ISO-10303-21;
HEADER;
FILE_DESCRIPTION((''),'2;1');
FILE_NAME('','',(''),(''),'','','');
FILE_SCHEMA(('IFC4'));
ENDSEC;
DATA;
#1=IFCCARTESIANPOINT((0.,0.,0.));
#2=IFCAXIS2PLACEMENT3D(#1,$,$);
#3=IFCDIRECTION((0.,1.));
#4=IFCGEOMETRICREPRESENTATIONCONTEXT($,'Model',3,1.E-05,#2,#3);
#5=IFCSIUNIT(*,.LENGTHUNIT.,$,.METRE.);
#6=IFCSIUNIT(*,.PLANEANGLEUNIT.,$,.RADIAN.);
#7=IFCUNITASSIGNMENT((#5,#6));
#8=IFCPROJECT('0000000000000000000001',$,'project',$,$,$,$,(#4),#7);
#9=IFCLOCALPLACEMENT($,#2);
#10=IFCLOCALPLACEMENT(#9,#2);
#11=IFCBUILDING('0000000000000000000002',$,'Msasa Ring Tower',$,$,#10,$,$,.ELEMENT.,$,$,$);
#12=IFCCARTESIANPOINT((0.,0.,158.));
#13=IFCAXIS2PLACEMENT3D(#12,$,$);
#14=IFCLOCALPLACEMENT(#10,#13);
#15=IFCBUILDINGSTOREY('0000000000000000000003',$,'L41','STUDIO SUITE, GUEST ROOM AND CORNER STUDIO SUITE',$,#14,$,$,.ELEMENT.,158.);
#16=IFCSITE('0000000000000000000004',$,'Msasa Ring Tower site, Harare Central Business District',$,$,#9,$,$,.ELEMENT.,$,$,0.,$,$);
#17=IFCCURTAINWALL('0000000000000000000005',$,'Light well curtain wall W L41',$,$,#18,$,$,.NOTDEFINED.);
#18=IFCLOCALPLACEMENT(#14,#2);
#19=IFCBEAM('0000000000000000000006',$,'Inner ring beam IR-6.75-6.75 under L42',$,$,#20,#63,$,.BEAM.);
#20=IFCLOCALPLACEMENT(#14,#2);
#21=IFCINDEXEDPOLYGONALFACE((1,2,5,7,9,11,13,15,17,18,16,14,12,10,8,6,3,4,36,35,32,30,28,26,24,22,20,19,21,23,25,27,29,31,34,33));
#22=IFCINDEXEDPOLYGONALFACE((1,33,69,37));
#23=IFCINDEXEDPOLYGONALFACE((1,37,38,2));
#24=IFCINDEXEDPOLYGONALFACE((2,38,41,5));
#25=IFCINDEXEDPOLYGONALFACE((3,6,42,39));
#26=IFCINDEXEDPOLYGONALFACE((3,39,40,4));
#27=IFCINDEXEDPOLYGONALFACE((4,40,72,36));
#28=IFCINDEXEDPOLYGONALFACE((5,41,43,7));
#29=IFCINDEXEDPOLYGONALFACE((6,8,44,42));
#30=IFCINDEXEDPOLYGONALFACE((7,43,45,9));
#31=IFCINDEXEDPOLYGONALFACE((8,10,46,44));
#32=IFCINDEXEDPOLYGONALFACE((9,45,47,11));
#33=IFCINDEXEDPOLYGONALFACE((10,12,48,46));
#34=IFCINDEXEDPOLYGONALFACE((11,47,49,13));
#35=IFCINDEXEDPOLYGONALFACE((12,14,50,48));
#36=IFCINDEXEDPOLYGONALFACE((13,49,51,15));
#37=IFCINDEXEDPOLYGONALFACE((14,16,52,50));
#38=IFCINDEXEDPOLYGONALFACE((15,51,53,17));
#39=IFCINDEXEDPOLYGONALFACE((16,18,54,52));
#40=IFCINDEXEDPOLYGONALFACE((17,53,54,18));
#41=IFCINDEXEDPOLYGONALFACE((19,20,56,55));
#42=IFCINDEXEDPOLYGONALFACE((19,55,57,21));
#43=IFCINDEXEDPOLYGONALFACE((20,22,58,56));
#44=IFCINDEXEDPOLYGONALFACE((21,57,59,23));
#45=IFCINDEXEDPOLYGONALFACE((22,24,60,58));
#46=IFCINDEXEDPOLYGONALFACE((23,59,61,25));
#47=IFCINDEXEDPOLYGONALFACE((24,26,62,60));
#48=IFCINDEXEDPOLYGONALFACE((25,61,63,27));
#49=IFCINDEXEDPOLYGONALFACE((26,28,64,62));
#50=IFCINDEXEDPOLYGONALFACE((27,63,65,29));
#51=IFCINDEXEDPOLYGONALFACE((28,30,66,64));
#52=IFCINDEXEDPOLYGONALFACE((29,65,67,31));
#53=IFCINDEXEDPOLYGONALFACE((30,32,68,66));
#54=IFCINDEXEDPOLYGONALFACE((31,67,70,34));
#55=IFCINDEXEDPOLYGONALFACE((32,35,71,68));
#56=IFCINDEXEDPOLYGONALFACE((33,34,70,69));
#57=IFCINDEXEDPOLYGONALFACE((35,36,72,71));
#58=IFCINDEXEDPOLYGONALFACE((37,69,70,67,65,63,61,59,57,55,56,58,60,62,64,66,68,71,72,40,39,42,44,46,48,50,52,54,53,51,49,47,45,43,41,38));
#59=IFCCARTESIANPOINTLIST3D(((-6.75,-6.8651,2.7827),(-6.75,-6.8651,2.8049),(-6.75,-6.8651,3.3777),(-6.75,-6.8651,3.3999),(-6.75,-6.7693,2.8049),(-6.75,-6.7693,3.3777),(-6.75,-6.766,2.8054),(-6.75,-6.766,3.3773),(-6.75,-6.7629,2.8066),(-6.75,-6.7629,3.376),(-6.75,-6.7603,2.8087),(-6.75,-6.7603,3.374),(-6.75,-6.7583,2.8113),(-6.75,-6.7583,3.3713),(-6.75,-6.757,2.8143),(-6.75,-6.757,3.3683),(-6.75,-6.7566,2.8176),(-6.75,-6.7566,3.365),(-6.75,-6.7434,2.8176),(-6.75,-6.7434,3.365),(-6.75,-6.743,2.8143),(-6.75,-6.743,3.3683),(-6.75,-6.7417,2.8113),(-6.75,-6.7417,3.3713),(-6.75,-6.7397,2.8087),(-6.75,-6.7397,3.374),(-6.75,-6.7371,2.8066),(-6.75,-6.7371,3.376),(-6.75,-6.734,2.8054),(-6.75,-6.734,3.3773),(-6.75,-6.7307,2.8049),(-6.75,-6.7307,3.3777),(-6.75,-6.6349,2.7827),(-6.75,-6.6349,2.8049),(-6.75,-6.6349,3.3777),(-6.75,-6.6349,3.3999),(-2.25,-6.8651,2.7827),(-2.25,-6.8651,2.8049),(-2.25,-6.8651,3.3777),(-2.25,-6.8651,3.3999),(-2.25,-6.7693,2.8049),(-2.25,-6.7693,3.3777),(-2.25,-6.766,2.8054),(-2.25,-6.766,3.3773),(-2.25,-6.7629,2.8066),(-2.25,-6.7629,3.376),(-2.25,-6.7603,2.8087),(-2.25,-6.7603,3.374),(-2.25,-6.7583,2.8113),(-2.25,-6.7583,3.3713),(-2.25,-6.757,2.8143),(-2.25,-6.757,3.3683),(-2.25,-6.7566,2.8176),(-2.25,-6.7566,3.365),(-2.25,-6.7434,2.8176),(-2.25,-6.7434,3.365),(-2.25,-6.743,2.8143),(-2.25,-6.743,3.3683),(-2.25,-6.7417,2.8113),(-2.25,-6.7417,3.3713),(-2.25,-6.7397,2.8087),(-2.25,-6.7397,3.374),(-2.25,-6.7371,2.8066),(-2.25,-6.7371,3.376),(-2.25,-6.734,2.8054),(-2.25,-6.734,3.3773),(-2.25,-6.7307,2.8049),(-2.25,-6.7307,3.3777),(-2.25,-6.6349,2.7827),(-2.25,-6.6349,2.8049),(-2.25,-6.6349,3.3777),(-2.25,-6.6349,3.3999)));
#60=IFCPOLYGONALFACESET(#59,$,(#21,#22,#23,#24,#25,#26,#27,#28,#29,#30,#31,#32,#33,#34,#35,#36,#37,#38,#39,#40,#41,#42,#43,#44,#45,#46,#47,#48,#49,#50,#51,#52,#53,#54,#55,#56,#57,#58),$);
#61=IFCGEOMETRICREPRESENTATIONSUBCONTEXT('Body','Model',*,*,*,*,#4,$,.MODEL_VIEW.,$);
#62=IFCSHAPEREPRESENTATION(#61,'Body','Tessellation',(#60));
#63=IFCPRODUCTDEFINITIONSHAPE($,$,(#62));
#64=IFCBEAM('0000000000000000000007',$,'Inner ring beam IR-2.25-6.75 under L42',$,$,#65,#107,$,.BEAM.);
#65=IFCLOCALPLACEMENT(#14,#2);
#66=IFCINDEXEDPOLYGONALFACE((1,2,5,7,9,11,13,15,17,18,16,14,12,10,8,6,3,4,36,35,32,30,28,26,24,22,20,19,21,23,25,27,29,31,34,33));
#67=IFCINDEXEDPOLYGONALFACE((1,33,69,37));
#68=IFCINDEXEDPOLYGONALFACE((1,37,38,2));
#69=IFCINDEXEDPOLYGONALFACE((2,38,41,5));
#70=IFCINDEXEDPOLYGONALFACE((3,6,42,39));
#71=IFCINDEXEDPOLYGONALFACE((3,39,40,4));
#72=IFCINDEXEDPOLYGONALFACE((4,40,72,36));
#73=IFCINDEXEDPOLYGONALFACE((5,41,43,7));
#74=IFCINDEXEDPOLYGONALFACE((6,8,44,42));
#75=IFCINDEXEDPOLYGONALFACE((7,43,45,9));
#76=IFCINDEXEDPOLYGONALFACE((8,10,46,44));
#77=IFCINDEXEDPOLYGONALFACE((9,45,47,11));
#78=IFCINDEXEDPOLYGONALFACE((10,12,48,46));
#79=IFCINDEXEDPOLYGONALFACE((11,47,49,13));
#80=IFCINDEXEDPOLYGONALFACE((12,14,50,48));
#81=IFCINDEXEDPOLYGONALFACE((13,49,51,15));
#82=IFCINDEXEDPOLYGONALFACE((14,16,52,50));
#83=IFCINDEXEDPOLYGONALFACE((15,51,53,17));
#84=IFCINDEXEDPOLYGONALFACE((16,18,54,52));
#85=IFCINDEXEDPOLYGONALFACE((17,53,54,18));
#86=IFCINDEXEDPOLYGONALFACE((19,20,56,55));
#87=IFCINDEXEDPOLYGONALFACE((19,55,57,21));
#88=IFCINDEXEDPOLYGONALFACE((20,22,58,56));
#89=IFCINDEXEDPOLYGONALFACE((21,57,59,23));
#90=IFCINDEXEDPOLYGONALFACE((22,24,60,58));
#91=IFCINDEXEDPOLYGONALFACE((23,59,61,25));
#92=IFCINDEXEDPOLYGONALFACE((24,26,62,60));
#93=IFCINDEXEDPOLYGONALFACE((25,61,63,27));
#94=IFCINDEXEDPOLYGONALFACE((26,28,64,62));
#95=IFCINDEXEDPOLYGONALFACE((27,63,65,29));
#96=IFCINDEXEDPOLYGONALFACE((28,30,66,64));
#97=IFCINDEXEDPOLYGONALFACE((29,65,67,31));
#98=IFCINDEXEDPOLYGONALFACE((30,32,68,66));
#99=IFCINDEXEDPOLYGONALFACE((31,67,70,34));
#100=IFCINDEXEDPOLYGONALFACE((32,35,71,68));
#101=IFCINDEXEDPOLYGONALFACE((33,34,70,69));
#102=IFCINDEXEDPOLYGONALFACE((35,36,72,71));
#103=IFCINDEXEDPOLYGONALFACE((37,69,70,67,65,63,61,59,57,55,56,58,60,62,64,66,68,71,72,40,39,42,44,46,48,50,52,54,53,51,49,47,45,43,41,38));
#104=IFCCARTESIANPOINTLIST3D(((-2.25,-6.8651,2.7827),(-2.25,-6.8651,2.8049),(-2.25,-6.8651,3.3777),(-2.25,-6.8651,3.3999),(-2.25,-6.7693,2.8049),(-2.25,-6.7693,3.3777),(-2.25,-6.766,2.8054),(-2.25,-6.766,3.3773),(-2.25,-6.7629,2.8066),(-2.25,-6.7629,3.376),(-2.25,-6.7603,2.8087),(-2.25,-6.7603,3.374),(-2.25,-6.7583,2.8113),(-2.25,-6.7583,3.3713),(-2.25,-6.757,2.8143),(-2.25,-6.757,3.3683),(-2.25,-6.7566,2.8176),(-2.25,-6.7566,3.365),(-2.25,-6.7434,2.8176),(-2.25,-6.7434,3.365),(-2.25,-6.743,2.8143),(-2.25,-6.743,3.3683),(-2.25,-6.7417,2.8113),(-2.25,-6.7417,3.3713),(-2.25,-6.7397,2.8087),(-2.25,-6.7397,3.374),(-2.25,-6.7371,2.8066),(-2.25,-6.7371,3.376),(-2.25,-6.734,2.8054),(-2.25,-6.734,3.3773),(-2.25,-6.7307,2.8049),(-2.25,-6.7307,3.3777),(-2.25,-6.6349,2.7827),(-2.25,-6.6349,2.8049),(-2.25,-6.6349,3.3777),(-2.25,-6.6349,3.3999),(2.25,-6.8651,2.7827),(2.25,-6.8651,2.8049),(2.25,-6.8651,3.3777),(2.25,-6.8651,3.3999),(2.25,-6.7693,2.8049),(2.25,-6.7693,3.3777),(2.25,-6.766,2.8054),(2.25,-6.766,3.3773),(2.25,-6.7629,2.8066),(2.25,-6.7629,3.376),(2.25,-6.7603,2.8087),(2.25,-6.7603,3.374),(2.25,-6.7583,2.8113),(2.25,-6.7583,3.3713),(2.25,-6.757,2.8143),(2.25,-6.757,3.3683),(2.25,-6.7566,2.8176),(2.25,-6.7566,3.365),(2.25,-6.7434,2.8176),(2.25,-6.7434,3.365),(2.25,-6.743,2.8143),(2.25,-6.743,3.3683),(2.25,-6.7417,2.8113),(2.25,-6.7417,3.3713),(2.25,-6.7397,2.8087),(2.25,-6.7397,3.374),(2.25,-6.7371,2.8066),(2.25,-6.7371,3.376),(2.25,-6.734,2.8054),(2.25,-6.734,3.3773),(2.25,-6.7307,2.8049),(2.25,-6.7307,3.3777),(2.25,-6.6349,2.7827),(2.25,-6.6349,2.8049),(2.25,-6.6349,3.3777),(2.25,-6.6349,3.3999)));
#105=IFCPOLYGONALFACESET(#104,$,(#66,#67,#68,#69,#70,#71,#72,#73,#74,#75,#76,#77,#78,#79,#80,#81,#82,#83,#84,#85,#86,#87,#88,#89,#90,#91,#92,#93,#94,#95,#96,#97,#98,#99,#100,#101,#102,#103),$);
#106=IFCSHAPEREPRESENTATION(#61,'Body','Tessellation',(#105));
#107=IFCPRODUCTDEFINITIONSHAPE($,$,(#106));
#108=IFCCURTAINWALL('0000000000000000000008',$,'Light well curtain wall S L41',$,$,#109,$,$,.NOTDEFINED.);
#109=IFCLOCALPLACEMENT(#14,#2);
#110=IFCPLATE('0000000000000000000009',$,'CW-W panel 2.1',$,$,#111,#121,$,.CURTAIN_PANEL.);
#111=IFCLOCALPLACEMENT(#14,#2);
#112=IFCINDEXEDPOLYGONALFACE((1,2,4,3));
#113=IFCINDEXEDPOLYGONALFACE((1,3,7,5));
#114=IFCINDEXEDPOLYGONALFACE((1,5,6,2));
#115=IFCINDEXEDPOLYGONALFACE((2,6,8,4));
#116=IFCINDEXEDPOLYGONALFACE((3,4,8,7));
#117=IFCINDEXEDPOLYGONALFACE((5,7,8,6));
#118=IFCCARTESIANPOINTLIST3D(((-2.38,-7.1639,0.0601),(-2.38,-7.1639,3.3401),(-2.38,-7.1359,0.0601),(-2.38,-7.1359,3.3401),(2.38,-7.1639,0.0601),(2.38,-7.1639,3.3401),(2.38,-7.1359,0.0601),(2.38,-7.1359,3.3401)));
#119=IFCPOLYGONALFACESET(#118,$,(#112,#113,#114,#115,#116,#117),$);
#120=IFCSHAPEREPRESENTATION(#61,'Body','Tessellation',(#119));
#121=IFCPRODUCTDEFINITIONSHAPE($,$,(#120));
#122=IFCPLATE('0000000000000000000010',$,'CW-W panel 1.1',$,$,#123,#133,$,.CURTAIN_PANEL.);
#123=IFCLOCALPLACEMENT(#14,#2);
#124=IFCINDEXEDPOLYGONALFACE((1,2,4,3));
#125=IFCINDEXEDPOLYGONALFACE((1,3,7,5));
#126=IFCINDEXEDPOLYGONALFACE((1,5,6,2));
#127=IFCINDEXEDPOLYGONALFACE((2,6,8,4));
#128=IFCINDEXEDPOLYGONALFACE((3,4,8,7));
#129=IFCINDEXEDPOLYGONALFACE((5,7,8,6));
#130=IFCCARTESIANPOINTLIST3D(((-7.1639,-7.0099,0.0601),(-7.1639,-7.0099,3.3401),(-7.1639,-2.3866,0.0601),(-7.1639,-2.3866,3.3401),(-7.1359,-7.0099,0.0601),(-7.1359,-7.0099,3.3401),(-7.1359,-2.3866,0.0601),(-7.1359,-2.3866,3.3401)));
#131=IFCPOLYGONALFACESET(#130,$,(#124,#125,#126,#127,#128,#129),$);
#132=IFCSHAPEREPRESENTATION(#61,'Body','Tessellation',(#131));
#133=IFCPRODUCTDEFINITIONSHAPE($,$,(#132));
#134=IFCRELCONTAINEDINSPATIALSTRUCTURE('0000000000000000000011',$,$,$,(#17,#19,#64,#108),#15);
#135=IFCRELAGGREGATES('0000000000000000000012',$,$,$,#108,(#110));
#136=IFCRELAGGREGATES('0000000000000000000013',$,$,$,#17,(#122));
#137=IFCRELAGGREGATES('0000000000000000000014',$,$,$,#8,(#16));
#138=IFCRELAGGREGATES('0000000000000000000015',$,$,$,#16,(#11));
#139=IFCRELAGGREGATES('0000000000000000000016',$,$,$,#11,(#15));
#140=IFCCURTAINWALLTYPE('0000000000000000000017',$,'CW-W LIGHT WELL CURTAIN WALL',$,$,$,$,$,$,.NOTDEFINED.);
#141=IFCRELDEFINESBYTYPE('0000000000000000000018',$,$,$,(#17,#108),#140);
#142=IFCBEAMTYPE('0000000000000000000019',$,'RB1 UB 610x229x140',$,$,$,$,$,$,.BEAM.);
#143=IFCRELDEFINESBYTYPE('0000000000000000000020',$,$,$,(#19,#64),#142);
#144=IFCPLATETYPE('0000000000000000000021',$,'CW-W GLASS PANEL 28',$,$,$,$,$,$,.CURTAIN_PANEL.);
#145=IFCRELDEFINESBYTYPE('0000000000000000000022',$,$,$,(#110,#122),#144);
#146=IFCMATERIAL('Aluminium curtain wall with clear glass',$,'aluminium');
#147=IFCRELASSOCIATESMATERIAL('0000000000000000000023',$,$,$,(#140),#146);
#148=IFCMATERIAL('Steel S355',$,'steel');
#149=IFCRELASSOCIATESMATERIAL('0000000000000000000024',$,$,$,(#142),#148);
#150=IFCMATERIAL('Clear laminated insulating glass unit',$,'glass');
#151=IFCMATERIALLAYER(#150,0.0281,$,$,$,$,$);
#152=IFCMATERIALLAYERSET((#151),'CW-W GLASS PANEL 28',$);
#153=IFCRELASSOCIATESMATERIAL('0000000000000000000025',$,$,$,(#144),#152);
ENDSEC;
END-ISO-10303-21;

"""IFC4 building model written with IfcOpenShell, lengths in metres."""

from ifc_helpers import new_model, si_unit, direction, frame, origin, origin_2d, place, context, subcontext, project, spatial, rectangle, i_section, extrude, material, layer, layer_set, material_profile, profile_set, type_object, element, aggregate, save


model = new_model("IFC4")

# Units and contexts
model_context = context("Model", 3, precision=1e-05, world=origin(), true_north=direction((0.0, 1.0)))
body_context = subcontext(model_context, "Body", "Model", "MODEL_VIEW")
ifc_project = project(units=[si_unit("LENGTHUNIT", "METRE"), si_unit("PLANEANGLEUNIT", "RADIAN")], contexts=[model_context])

# Site, building, storey
site_placement = place(None, origin())
site = spatial("IfcSite", under=ifc_project, at=site_placement, Name="Msasa Ring Tower site, Harare Central Business District", CompositionType="ELEMENT", RefElevation=0.0)
building_placement = place(site_placement, origin())
building = spatial("IfcBuilding", under=site, at=building_placement, Name="Msasa Ring Tower", CompositionType="ELEMENT")
storey_placement = place(building_placement, frame((0.0, 0.0, 158.0)))
storey = spatial("IfcBuildingStorey", under=building, at=storey_placement, Name="L41", Description="STUDIO SUITE, GUEST ROOM AND CORNER STUDIO SUITE", CompositionType="ELEMENT", Elevation=158.0)

# Curtain wall
ifc_material_1 = material(Name="Aluminium curtain wall with clear glass", Category="aluminium")
curtain_wall_type = type_object("IfcCurtainWallType", Name="CW-W LIGHT WELL CURTAIN WALL", PredefinedType="NOTDEFINED", material=ifc_material_1)
curtain_wall_1_placement = place(storey_placement, origin())
curtain_wall_1 = element("IfcCurtainWall", 1, at=curtain_wall_1_placement, inside=storey, type_object=curtain_wall_type, Name="Light well curtain wall W L41", PredefinedType="NOTDEFINED")

# Beams
ifc_material_2 = material(Name="Steel S355", Category="steel")
ifc_material_profile_1 = material_profile(ifc_material_2, i_section(OverallWidth=0.2302, OverallDepth=0.6172, WebThickness=0.0132, FlangeThickness=0.0222, FilletRadius=0.0127, at=origin_2d()), Name="UB 610x229x140")
ifc_profile_set_1 = profile_set([ifc_material_profile_1], Name="Steel S355")
beam_type = type_object("IfcBeamType", Name="RB1 UB 610x229x140", PredefinedType="BEAM", material=ifc_profile_set_1)
for number, where, z_axis, x_axis, name in (
    (2, (-6.75, -6.75, 3.0913), (1.0, 0.0, 0.0), (0.0, 1.0, 0.0), "Inner ring beam IR-6.75-6.75 under L42"),
    (3, (-2.25, -6.75, 3.0913), (1.0, 0.0, 0.0), (0.0, 1.0, 0.0), "Inner ring beam IR-2.25-6.75 under L42"),
):
    element("IfcBeam", number, at=place(storey_placement, frame(where, z_axis=z_axis, x_axis=x_axis)), inside=storey, type_object=beam_type, Name=name, PredefinedType="BEAM", context=body_context, shape_type="SweptSolid", body=[
        extrude(i_section(OverallWidth=0.2302, OverallDepth=0.6172, WebThickness=0.0132, FlangeThickness=0.0222, FilletRadius=0.0127, at=origin_2d()), origin(), (0.0, 0.0, 1.0), 4.5),
    ])

# Curtain wall, plate
curtain_wall_2_placement = place(storey_placement, origin())
curtain_wall_2 = element("IfcCurtainWall", 4, at=curtain_wall_2_placement, inside=storey, type_object=curtain_wall_type, Name="Light well curtain wall S L41", PredefinedType="NOTDEFINED")
ifc_material_3 = material(Name="Clear laminated insulating glass unit", Category="glass")
ifc_layer = layer(ifc_material_3, 0.0281)
ifc_layer_set = layer_set([ifc_layer], Name="CW-W GLASS PANEL 28")
plate_type = type_object("IfcPlateType", Name="CW-W GLASS PANEL 28", PredefinedType="CURTAIN_PANEL", material=ifc_layer_set)
plate_1_placement = place(storey_placement, frame((0.0, -7.1499, 0.0601), z_axis=(0.0, 0.0, 1.0), x_axis=(1.0, 0.0, 0.0)))
plate_1 = element("IfcPlate", 5, at=plate_1_placement, type_object=plate_type, Name="CW-W panel 2.1", PredefinedType="CURTAIN_PANEL", context=body_context, shape_type="SweptSolid", body=[
    extrude(rectangle(XDim=4.76, YDim=0.0281, at=origin_2d()), origin(), (0.0, 0.0, 1.0), 3.28),
])
aggregate(curtain_wall_2, [plate_1])

# Plate
plate_2_placement = place(storey_placement, frame((-7.1499, -4.6982, 0.0601), z_axis=(0.0, 0.0, 1.0), x_axis=(0.0, 1.0, 0.0)))
plate_2 = element("IfcPlate", 6, at=plate_2_placement, type_object=plate_type, Name="CW-W panel 1.1", PredefinedType="CURTAIN_PANEL", context=body_context, shape_type="SweptSolid", body=[
    extrude(rectangle(XDim=4.6233, YDim=0.0281, at=origin_2d()), origin(), (0.0, 0.0, 1.0), 3.28),
])
aggregate(curtain_wall_1, [plate_2])

save(model, "model.ifc")
